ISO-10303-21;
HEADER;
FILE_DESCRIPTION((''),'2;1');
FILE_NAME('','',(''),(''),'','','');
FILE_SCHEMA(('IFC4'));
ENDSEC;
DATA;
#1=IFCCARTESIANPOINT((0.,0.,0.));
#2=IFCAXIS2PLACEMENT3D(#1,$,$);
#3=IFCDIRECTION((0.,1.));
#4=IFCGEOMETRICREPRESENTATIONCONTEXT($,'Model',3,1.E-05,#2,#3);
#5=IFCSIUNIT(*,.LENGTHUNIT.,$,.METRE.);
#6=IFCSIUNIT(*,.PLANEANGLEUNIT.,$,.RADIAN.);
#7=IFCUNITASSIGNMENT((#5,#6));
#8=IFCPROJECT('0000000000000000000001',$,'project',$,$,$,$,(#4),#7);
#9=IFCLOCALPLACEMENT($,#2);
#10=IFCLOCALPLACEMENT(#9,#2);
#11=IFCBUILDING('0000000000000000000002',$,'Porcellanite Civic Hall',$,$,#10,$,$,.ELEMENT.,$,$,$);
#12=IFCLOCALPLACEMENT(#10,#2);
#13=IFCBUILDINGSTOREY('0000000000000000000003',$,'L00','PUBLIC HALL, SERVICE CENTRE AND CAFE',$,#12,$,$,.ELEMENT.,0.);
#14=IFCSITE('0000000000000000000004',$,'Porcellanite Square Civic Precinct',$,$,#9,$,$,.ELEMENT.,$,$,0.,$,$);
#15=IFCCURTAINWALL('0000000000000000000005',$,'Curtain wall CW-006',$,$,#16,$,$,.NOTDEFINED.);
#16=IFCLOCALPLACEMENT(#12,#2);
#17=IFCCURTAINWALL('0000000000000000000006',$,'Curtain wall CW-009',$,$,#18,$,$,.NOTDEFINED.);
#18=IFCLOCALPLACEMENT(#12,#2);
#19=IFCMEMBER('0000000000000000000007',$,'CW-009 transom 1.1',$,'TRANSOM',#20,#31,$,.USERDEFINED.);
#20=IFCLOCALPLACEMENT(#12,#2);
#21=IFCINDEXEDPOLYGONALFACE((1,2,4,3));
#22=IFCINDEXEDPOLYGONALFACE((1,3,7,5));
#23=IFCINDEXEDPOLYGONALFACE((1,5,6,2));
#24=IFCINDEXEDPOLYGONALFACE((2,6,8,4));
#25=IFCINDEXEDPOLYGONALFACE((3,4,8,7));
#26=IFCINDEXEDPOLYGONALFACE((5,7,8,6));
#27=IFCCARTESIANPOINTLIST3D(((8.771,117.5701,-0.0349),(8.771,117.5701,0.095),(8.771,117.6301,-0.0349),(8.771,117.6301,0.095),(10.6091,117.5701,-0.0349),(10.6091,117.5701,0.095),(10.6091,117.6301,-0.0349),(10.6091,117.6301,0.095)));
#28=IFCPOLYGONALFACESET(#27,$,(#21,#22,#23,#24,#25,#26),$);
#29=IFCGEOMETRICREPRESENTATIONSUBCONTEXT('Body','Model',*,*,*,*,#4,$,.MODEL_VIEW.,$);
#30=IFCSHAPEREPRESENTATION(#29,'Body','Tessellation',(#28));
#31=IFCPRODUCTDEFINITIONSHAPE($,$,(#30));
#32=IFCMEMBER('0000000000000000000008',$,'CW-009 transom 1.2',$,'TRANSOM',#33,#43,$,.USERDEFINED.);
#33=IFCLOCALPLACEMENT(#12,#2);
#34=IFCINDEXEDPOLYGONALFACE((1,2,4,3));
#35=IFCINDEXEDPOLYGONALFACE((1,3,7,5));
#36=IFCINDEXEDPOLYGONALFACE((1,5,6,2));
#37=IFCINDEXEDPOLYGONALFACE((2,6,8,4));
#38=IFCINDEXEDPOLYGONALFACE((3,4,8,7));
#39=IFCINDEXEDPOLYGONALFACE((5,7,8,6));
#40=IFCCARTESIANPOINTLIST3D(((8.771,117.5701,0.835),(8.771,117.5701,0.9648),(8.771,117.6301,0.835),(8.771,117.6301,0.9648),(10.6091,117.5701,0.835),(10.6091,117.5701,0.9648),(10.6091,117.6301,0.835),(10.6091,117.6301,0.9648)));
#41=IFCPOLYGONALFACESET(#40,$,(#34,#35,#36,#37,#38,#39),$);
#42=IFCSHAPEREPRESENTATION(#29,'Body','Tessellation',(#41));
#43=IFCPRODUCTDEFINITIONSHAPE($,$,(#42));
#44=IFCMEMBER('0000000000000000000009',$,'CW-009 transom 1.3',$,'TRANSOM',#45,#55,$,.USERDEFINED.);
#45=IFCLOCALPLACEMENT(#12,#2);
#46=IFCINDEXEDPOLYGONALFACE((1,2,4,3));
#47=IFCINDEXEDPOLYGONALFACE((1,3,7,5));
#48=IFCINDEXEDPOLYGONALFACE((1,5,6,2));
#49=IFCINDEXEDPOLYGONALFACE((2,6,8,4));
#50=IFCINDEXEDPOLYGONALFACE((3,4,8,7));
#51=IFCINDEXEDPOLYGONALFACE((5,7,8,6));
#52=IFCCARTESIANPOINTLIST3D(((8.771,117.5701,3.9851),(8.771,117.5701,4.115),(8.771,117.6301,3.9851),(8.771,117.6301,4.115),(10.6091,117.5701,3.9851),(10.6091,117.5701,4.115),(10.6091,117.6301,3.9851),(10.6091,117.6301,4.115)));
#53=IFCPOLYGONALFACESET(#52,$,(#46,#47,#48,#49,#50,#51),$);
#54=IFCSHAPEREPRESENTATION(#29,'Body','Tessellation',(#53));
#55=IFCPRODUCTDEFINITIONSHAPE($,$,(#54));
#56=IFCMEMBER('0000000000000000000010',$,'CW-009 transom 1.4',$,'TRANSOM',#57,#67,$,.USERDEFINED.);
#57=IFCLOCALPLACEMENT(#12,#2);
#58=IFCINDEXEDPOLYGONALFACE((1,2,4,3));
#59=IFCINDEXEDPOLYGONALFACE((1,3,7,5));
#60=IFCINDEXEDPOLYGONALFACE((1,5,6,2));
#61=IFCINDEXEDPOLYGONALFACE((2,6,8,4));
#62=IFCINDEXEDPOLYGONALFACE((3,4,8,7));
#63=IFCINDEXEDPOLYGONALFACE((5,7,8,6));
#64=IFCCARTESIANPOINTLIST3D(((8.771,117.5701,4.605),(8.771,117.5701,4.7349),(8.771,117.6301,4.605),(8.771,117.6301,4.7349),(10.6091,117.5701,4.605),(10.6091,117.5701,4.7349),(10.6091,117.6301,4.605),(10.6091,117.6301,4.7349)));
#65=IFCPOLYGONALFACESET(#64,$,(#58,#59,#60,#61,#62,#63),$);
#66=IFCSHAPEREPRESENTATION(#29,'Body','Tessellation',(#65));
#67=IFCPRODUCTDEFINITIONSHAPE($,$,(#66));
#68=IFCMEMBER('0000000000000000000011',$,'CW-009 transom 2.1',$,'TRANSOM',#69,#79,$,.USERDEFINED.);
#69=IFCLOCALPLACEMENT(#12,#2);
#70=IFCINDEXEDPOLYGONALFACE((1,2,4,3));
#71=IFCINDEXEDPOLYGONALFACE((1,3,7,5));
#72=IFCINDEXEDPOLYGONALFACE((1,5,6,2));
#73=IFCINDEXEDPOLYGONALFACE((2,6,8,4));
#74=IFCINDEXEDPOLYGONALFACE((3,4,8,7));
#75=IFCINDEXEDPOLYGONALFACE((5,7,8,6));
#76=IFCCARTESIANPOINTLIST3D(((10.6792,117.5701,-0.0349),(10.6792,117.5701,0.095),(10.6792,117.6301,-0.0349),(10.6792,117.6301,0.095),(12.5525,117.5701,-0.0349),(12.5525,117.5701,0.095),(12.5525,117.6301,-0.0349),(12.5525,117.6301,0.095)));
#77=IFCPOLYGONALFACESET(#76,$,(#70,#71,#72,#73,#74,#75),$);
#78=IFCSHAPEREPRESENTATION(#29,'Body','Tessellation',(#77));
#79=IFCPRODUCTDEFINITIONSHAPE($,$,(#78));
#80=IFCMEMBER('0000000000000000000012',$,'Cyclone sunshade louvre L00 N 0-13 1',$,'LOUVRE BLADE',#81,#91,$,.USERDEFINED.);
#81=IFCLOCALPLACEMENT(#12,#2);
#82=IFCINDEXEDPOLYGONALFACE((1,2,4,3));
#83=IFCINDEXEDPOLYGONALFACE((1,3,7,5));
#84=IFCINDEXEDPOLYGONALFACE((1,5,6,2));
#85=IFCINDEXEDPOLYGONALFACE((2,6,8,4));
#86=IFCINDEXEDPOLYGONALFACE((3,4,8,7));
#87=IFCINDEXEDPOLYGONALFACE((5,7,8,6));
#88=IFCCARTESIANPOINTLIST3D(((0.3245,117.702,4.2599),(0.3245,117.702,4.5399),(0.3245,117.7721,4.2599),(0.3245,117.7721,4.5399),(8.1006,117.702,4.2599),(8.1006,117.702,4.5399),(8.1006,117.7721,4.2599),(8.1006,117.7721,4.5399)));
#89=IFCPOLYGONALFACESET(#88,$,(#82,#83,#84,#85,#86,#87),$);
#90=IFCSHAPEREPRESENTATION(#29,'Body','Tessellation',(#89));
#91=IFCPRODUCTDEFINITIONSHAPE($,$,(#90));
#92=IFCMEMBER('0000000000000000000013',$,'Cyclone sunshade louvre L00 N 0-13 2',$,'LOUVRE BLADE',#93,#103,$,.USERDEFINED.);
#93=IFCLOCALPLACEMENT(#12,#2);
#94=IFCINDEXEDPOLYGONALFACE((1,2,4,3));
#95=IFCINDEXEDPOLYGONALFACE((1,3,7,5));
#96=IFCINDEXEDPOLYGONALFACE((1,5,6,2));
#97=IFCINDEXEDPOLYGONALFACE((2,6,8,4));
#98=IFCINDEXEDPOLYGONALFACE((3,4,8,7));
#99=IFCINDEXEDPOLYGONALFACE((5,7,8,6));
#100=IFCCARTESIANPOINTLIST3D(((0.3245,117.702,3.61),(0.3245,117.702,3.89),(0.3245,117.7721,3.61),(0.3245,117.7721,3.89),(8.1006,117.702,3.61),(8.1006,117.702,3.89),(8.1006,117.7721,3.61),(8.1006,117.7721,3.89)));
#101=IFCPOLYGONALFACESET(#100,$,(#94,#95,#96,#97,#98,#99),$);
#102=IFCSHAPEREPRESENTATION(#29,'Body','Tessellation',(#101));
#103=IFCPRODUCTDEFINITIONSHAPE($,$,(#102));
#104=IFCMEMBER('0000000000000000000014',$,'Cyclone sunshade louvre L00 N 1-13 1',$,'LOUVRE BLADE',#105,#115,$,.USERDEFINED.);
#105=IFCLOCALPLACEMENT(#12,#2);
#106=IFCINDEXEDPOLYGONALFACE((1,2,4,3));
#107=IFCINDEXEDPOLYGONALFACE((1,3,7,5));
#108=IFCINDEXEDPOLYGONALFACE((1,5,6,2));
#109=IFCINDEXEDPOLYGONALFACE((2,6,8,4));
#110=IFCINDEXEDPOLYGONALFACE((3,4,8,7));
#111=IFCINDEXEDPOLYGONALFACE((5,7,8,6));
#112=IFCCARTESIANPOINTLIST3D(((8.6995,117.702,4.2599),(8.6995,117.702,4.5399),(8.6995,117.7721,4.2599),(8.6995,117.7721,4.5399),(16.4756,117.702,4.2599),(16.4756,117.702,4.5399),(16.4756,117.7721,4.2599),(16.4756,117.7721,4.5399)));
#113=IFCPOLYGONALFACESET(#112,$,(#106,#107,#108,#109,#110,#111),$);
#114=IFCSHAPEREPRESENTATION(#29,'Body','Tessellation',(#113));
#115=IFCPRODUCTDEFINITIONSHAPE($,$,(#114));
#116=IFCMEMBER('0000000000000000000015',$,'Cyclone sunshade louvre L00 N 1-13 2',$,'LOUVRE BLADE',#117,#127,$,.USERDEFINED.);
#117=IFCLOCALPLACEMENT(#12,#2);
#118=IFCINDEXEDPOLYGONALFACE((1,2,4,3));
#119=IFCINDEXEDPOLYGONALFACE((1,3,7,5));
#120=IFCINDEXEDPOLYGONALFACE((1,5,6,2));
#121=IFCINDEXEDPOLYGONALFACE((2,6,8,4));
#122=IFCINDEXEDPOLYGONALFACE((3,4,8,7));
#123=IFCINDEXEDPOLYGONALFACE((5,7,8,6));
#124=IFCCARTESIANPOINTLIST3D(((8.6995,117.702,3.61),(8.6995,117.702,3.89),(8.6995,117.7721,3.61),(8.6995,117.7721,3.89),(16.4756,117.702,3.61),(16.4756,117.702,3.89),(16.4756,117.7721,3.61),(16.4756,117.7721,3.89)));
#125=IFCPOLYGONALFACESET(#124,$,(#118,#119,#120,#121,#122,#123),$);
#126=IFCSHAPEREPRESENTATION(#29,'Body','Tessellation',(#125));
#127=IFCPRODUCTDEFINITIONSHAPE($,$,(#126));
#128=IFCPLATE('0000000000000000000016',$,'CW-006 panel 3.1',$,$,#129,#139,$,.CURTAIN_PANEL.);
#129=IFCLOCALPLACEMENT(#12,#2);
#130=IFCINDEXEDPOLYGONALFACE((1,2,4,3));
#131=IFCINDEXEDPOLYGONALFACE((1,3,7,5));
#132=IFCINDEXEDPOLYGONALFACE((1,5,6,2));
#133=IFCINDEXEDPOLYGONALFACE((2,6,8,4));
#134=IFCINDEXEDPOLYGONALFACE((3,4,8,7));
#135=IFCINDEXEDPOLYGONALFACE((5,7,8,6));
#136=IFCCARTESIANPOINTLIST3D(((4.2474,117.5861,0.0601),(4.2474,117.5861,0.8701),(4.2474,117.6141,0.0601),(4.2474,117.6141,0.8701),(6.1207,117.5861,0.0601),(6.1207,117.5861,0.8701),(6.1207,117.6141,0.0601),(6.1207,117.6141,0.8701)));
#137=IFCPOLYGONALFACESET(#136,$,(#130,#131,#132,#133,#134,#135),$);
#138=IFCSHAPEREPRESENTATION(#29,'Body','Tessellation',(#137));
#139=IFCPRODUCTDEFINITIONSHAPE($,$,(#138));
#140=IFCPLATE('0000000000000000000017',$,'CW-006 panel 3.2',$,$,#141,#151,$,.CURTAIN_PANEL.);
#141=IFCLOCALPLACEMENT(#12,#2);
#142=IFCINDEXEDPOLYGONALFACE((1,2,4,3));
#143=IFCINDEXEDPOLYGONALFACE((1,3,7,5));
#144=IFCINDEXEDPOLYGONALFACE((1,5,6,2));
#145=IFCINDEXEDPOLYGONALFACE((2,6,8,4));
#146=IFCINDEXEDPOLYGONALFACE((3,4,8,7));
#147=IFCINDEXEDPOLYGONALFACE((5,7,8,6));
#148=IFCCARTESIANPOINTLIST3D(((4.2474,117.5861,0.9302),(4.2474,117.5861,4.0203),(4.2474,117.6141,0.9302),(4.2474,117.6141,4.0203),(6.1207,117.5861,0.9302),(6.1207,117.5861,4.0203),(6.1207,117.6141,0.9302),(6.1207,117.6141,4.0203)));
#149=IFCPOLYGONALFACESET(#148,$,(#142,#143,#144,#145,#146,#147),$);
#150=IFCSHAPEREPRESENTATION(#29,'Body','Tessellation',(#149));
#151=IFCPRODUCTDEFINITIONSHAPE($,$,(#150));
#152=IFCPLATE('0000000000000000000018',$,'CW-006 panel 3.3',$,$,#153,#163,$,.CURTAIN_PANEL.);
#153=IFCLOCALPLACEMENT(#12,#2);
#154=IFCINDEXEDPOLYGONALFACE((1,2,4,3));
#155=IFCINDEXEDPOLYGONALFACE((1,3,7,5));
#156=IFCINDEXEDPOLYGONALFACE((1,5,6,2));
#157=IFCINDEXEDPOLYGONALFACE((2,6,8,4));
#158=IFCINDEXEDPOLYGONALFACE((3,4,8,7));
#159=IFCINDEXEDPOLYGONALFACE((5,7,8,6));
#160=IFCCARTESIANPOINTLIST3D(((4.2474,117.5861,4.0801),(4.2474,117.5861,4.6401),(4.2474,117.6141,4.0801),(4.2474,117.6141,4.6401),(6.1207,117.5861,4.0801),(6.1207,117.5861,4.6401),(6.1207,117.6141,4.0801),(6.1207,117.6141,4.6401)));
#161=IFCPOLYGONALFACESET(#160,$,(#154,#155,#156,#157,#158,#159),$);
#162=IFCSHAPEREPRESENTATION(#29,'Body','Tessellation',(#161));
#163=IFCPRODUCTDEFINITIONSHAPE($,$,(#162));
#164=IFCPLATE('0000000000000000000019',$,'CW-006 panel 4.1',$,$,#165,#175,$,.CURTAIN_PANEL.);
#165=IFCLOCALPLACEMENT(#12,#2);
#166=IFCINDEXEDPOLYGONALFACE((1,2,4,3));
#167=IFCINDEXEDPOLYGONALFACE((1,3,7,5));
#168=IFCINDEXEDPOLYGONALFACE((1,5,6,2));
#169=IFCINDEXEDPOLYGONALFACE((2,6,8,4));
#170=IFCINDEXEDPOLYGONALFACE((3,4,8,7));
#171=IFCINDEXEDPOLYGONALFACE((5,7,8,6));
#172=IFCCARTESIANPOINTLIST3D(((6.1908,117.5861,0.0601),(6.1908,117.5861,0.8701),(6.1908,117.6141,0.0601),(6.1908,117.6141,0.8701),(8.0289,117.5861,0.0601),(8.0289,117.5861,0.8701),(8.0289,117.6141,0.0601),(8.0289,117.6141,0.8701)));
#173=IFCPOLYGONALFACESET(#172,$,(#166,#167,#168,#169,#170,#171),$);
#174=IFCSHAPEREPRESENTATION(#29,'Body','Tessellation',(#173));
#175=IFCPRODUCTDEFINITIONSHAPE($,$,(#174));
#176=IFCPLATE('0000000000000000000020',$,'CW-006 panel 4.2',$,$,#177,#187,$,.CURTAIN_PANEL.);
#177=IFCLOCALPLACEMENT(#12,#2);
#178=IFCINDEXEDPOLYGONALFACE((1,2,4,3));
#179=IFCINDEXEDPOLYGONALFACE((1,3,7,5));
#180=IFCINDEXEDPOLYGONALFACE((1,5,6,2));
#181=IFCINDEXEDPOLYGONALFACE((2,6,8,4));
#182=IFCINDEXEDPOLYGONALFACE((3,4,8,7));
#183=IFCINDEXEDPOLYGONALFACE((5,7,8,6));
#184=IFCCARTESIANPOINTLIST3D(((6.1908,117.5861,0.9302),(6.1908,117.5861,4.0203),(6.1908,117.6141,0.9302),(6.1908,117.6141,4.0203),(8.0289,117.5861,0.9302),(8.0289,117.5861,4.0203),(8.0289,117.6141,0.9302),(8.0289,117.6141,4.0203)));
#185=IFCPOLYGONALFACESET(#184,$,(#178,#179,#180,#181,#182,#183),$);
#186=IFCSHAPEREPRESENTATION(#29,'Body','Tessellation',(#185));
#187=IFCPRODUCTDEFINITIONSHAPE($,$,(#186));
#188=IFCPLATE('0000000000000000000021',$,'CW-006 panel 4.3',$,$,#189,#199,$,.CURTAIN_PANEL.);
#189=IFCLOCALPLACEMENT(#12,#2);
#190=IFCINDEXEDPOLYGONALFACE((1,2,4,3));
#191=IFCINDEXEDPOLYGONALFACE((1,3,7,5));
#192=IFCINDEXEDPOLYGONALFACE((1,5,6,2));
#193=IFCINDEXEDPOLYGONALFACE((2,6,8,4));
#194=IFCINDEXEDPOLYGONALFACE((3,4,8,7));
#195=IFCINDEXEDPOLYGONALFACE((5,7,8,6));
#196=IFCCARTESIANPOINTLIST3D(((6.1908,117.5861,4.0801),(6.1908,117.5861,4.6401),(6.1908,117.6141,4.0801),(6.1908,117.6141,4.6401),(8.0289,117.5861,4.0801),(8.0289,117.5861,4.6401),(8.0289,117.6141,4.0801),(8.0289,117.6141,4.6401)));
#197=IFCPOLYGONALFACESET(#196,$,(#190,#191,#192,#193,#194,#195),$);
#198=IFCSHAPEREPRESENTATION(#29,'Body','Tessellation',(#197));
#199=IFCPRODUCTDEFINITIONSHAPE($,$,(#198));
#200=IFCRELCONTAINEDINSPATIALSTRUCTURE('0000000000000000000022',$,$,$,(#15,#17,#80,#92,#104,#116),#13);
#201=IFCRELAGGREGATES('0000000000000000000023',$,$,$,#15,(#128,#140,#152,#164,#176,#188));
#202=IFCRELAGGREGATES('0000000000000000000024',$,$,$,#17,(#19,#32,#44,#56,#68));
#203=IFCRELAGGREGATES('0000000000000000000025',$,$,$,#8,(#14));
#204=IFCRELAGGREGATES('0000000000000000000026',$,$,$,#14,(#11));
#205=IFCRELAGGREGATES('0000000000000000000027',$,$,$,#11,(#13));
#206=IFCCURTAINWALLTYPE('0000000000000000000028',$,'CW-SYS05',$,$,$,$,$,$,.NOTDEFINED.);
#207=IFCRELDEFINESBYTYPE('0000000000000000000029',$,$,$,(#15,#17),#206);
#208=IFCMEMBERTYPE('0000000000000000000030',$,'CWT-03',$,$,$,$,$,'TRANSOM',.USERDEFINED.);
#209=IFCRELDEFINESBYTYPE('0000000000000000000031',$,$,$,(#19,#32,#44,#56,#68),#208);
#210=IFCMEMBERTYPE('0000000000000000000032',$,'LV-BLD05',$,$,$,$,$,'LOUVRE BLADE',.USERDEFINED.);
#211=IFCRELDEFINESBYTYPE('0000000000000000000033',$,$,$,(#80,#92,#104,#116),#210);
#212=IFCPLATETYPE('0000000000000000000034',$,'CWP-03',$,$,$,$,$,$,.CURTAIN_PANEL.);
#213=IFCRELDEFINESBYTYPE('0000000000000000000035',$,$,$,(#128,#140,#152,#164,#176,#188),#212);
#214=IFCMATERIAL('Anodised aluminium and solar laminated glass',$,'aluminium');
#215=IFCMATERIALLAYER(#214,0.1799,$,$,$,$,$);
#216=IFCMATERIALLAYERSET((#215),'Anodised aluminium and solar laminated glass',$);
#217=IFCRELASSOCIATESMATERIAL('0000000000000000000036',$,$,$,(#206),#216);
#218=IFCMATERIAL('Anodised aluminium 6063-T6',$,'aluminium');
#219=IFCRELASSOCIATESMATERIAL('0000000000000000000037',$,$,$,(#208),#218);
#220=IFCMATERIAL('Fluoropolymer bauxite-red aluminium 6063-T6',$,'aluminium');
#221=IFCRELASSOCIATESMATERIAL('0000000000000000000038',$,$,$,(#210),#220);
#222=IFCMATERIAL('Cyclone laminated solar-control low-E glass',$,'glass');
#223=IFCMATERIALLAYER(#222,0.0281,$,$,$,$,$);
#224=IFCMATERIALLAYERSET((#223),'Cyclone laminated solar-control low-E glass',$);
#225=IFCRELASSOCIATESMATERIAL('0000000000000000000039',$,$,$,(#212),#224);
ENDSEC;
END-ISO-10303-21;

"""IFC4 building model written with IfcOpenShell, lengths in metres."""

from ifc_helpers import new_model, si_unit, direction, frame, origin, origin_2d, place, context, subcontext, project, spatial, rectangle, extrude, material, layer, layer_set, material_profile, profile_set, type_object, element, aggregate, save


model = new_model("IFC4")

# Units and contexts
model_context = context("Model", 3, precision=1e-05, world=origin(), true_north=direction((0.0, 1.0)))
body_context = subcontext(model_context, "Body", "Model", "MODEL_VIEW")
ifc_project = project(units=[si_unit("LENGTHUNIT", "METRE"), si_unit("PLANEANGLEUNIT", "RADIAN")], contexts=[model_context])

# Site, building, storey
site_placement = place(None, origin())
site = spatial("IfcSite", under=ifc_project, at=site_placement, Name="Porcellanite Square Civic Precinct", CompositionType="ELEMENT", RefElevation=0.0)
building_placement = place(site_placement, origin())
building = spatial("IfcBuilding", under=site, at=building_placement, Name="Porcellanite Civic Hall", CompositionType="ELEMENT")
storey_placement = place(building_placement, origin())
storey = spatial("IfcBuildingStorey", under=building, at=storey_placement, Name="L00", Description="PUBLIC HALL, SERVICE CENTRE AND CAFE", CompositionType="ELEMENT", Elevation=0.0)

# Curtain walls
ifc_material_1 = material(Name="Anodised aluminium and solar laminated glass", Category="aluminium")
ifc_layer_1 = layer(ifc_material_1, 0.1799)
ifc_layer_set_1 = layer_set([ifc_layer_1], Name="Anodised aluminium and solar laminated glass")
curtain_wall_type = type_object("IfcCurtainWallType", Name="CW-SYS05", PredefinedType="NOTDEFINED", material=ifc_layer_set_1)
curtain_wall_1_placement = place(storey_placement, origin())
curtain_wall_1 = element("IfcCurtainWall", 1, at=curtain_wall_1_placement, inside=storey, type_object=curtain_wall_type, Name="Curtain wall CW-006", PredefinedType="NOTDEFINED")
curtain_wall_2_placement = place(storey_placement, origin())
curtain_wall_2 = element("IfcCurtainWall", 2, at=curtain_wall_2_placement, inside=storey, type_object=curtain_wall_type, Name="Curtain wall CW-009", PredefinedType="NOTDEFINED")

# Members
ifc_material_2 = material(Name="Anodised aluminium 6063-T6", Category="aluminium")
ifc_material_profile_1 = material_profile(ifc_material_2, rectangle(XDim=0.0601, YDim=0.1299, at=origin_2d()), Name="AL-60x130")
ifc_profile_set_1 = profile_set([ifc_material_profile_1], Name="Anodised aluminium 6063-T6")
member_type_1 = type_object("IfcMemberType", Name="CWT-03", ElementType="TRANSOM", PredefinedType="USERDEFINED", material=ifc_profile_set_1)
member_1_placement = place(storey_placement, frame((8.771, 117.6001, 0.03), z_axis=(1.0, 0.0, 0.0), x_axis=(0.0, 1.0, 0.0)))
member_1 = element("IfcMember", 3, at=member_1_placement, type_object=member_type_1, Name="CW-009 transom 1.1", ObjectType="TRANSOM", PredefinedType="USERDEFINED", context=body_context, shape_type="SweptSolid", body=[
    extrude(rectangle(XDim=0.0601, YDim=0.1299, at=origin_2d()), origin(), (0.0, 0.0, 1.0), 1.8381),
])
member_2_placement = place(storey_placement, frame((8.771, 117.6001, 0.8999), z_axis=(1.0, 0.0, 0.0), x_axis=(0.0, 1.0, 0.0)))
member_2 = element("IfcMember", 4, at=member_2_placement, type_object=member_type_1, Name="CW-009 transom 1.2", ObjectType="TRANSOM", PredefinedType="USERDEFINED", context=body_context, shape_type="SweptSolid", body=[
    extrude(rectangle(XDim=0.0601, YDim=0.1299, at=origin_2d()), origin(), (0.0, 0.0, 1.0), 1.8381),
])
member_3_placement = place(storey_placement, frame((8.771, 117.6001, 4.05), z_axis=(1.0, 0.0, 0.0), x_axis=(0.0, 1.0, 0.0)))
member_3 = element("IfcMember", 5, at=member_3_placement, type_object=member_type_1, Name="CW-009 transom 1.3", ObjectType="TRANSOM", PredefinedType="USERDEFINED", context=body_context, shape_type="SweptSolid", body=[
    extrude(rectangle(XDim=0.0601, YDim=0.1299, at=origin_2d()), origin(), (0.0, 0.0, 1.0), 1.8381),
])
member_4_placement = place(storey_placement, frame((8.771, 117.6001, 4.6699), z_axis=(1.0, 0.0, 0.0), x_axis=(0.0, 1.0, 0.0)))
member_4 = element("IfcMember", 6, at=member_4_placement, type_object=member_type_1, Name="CW-009 transom 1.4", ObjectType="TRANSOM", PredefinedType="USERDEFINED", context=body_context, shape_type="SweptSolid", body=[
    extrude(rectangle(XDim=0.0601, YDim=0.1299, at=origin_2d()), origin(), (0.0, 0.0, 1.0), 1.8381),
])
member_5_placement = place(storey_placement, frame((10.6792, 117.6001, 0.03), z_axis=(1.0, 0.0, 0.0), x_axis=(0.0, 1.0, 0.0)))
member_5 = element("IfcMember", 7, at=member_5_placement, type_object=member_type_1, Name="CW-009 transom 2.1", ObjectType="TRANSOM", PredefinedType="USERDEFINED", context=body_context, shape_type="SweptSolid", body=[
    extrude(rectangle(XDim=0.0601, YDim=0.1299, at=origin_2d()), origin(), (0.0, 0.0, 1.0), 1.8733),
])

# Members
ifc_material_3 = material(Name="Fluoropolymer bauxite-red aluminium 6063-T6", Category="aluminium")
ifc_material_profile_2 = material_profile(ifc_material_3, rectangle(XDim=0.0701, YDim=0.28, at=origin_2d()), Name="AL-70x280")
ifc_profile_set_2 = profile_set([ifc_material_profile_2], Name="Fluoropolymer bauxite-red aluminium 6063-T6")
member_type_2 = type_object("IfcMemberType", Name="LV-BLD05", ElementType="LOUVRE BLADE", PredefinedType="USERDEFINED", material=ifc_profile_set_2)
for number, where, z_axis, x_axis, name in (
    (8, (0.3245, 117.7371, 4.3999), (1.0, 0.0, 0.0), (0.0, 1.0, 0.0), "Cyclone sunshade louvre L00 N 0-13 1"),
    (9, (0.3245, 117.7371, 3.75), (1.0, 0.0, 0.0), (0.0, 1.0, 0.0), "Cyclone sunshade louvre L00 N 0-13 2"),
    (10, (8.6995, 117.7371, 4.3999), (1.0, 0.0, 0.0), (0.0, 1.0, 0.0), "Cyclone sunshade louvre L00 N 1-13 1"),
    (11, (8.6995, 117.7371, 3.75), (1.0, 0.0, 0.0), (0.0, 1.0, 0.0), "Cyclone sunshade louvre L00 N 1-13 2"),
):
    element("IfcMember", number, at=place(storey_placement, frame(where, z_axis=z_axis, x_axis=x_axis)), inside=storey, type_object=member_type_2, Name=name, ObjectType="LOUVRE BLADE", PredefinedType="USERDEFINED", context=body_context, shape_type="SweptSolid", body=[
        extrude(rectangle(XDim=0.0701, YDim=0.28, at=origin_2d()), origin(), (0.0, 0.0, 1.0), 7.7761),
    ])

# Plates
ifc_material_4 = material(Name="Cyclone laminated solar-control low-E glass", Category="glass")
ifc_layer_2 = layer(ifc_material_4, 0.0281)
ifc_layer_set_2 = layer_set([ifc_layer_2], Name="Cyclone laminated solar-control low-E glass")
plate_type = type_object("IfcPlateType", Name="CWP-03", PredefinedType="CURTAIN_PANEL", material=ifc_layer_set_2)
plate_1_placement = place(storey_placement, frame((5.1841, 117.6001, 0.0601), z_axis=(0.0, 0.0, 1.0), x_axis=(1.0, 0.0, 0.0)))
plate_1 = element("IfcPlate", 12, at=plate_1_placement, type_object=plate_type, Name="CW-006 panel 3.1", PredefinedType="CURTAIN_PANEL", context=body_context, shape_type="SweptSolid", body=[
    extrude(rectangle(XDim=1.8733, YDim=0.0281, at=origin_2d()), origin(), (0.0, 0.0, 1.0), 0.8101),
])
plate_2_placement = place(storey_placement, frame((5.1841, 117.6001, 0.9302), z_axis=(0.0, 0.0, 1.0), x_axis=(1.0, 0.0, 0.0)))
plate_2 = element("IfcPlate", 13, at=plate_2_placement, type_object=plate_type, Name="CW-006 panel 3.2", PredefinedType="CURTAIN_PANEL", context=body_context, shape_type="SweptSolid", body=[
    extrude(rectangle(XDim=1.8733, YDim=0.0281, at=origin_2d()), origin(), (0.0, 0.0, 1.0), 3.0901),
])
plate_3_placement = place(storey_placement, frame((5.1841, 117.6001, 4.0801), z_axis=(0.0, 0.0, 1.0), x_axis=(1.0, 0.0, 0.0)))
plate_3 = element("IfcPlate", 14, at=plate_3_placement, type_object=plate_type, Name="CW-006 panel 3.3", PredefinedType="CURTAIN_PANEL", context=body_context, shape_type="SweptSolid", body=[
    extrude(rectangle(XDim=1.8733, YDim=0.0281, at=origin_2d()), origin(), (0.0, 0.0, 1.0), 0.5601),
])
plate_4_placement = place(storey_placement, frame((7.1099, 117.6001, 0.0601), z_axis=(0.0, 0.0, 1.0), x_axis=(1.0, 0.0, 0.0)))
plate_4 = element("IfcPlate", 15, at=plate_4_placement, type_object=plate_type, Name="CW-006 panel 4.1", PredefinedType="CURTAIN_PANEL", context=body_context, shape_type="SweptSolid", body=[
    extrude(rectangle(XDim=1.8381, YDim=0.0281, at=origin_2d()), origin(), (0.0, 0.0, 1.0), 0.8101),
])
plate_5_placement = place(storey_placement, frame((7.1099, 117.6001, 0.9302), z_axis=(0.0, 0.0, 1.0), x_axis=(1.0, 0.0, 0.0)))
plate_5 = element("IfcPlate", 16, at=plate_5_placement, type_object=plate_type, Name="CW-006 panel 4.2", PredefinedType="CURTAIN_PANEL", context=body_context, shape_type="SweptSolid", body=[
    extrude(rectangle(XDim=1.8381, YDim=0.0281, at=origin_2d()), origin(), (0.0, 0.0, 1.0), 3.0901),
])
plate_6_placement = place(storey_placement, frame((7.1099, 117.6001, 4.0801), z_axis=(0.0, 0.0, 1.0), x_axis=(1.0, 0.0, 0.0)))
plate_6 = element("IfcPlate", 17, at=plate_6_placement, type_object=plate_type, Name="CW-006 panel 4.3", PredefinedType="CURTAIN_PANEL", context=body_context, shape_type="SweptSolid", body=[
    extrude(rectangle(XDim=1.8381, YDim=0.0281, at=origin_2d()), origin(), (0.0, 0.0, 1.0), 0.5601),
])
aggregate(curtain_wall_1, [plate_1, plate_2, plate_3, plate_4, plate_5, plate_6])
aggregate(curtain_wall_2, [member_1, member_2, member_3, member_4, member_5])

save(model, "model.ifc")
